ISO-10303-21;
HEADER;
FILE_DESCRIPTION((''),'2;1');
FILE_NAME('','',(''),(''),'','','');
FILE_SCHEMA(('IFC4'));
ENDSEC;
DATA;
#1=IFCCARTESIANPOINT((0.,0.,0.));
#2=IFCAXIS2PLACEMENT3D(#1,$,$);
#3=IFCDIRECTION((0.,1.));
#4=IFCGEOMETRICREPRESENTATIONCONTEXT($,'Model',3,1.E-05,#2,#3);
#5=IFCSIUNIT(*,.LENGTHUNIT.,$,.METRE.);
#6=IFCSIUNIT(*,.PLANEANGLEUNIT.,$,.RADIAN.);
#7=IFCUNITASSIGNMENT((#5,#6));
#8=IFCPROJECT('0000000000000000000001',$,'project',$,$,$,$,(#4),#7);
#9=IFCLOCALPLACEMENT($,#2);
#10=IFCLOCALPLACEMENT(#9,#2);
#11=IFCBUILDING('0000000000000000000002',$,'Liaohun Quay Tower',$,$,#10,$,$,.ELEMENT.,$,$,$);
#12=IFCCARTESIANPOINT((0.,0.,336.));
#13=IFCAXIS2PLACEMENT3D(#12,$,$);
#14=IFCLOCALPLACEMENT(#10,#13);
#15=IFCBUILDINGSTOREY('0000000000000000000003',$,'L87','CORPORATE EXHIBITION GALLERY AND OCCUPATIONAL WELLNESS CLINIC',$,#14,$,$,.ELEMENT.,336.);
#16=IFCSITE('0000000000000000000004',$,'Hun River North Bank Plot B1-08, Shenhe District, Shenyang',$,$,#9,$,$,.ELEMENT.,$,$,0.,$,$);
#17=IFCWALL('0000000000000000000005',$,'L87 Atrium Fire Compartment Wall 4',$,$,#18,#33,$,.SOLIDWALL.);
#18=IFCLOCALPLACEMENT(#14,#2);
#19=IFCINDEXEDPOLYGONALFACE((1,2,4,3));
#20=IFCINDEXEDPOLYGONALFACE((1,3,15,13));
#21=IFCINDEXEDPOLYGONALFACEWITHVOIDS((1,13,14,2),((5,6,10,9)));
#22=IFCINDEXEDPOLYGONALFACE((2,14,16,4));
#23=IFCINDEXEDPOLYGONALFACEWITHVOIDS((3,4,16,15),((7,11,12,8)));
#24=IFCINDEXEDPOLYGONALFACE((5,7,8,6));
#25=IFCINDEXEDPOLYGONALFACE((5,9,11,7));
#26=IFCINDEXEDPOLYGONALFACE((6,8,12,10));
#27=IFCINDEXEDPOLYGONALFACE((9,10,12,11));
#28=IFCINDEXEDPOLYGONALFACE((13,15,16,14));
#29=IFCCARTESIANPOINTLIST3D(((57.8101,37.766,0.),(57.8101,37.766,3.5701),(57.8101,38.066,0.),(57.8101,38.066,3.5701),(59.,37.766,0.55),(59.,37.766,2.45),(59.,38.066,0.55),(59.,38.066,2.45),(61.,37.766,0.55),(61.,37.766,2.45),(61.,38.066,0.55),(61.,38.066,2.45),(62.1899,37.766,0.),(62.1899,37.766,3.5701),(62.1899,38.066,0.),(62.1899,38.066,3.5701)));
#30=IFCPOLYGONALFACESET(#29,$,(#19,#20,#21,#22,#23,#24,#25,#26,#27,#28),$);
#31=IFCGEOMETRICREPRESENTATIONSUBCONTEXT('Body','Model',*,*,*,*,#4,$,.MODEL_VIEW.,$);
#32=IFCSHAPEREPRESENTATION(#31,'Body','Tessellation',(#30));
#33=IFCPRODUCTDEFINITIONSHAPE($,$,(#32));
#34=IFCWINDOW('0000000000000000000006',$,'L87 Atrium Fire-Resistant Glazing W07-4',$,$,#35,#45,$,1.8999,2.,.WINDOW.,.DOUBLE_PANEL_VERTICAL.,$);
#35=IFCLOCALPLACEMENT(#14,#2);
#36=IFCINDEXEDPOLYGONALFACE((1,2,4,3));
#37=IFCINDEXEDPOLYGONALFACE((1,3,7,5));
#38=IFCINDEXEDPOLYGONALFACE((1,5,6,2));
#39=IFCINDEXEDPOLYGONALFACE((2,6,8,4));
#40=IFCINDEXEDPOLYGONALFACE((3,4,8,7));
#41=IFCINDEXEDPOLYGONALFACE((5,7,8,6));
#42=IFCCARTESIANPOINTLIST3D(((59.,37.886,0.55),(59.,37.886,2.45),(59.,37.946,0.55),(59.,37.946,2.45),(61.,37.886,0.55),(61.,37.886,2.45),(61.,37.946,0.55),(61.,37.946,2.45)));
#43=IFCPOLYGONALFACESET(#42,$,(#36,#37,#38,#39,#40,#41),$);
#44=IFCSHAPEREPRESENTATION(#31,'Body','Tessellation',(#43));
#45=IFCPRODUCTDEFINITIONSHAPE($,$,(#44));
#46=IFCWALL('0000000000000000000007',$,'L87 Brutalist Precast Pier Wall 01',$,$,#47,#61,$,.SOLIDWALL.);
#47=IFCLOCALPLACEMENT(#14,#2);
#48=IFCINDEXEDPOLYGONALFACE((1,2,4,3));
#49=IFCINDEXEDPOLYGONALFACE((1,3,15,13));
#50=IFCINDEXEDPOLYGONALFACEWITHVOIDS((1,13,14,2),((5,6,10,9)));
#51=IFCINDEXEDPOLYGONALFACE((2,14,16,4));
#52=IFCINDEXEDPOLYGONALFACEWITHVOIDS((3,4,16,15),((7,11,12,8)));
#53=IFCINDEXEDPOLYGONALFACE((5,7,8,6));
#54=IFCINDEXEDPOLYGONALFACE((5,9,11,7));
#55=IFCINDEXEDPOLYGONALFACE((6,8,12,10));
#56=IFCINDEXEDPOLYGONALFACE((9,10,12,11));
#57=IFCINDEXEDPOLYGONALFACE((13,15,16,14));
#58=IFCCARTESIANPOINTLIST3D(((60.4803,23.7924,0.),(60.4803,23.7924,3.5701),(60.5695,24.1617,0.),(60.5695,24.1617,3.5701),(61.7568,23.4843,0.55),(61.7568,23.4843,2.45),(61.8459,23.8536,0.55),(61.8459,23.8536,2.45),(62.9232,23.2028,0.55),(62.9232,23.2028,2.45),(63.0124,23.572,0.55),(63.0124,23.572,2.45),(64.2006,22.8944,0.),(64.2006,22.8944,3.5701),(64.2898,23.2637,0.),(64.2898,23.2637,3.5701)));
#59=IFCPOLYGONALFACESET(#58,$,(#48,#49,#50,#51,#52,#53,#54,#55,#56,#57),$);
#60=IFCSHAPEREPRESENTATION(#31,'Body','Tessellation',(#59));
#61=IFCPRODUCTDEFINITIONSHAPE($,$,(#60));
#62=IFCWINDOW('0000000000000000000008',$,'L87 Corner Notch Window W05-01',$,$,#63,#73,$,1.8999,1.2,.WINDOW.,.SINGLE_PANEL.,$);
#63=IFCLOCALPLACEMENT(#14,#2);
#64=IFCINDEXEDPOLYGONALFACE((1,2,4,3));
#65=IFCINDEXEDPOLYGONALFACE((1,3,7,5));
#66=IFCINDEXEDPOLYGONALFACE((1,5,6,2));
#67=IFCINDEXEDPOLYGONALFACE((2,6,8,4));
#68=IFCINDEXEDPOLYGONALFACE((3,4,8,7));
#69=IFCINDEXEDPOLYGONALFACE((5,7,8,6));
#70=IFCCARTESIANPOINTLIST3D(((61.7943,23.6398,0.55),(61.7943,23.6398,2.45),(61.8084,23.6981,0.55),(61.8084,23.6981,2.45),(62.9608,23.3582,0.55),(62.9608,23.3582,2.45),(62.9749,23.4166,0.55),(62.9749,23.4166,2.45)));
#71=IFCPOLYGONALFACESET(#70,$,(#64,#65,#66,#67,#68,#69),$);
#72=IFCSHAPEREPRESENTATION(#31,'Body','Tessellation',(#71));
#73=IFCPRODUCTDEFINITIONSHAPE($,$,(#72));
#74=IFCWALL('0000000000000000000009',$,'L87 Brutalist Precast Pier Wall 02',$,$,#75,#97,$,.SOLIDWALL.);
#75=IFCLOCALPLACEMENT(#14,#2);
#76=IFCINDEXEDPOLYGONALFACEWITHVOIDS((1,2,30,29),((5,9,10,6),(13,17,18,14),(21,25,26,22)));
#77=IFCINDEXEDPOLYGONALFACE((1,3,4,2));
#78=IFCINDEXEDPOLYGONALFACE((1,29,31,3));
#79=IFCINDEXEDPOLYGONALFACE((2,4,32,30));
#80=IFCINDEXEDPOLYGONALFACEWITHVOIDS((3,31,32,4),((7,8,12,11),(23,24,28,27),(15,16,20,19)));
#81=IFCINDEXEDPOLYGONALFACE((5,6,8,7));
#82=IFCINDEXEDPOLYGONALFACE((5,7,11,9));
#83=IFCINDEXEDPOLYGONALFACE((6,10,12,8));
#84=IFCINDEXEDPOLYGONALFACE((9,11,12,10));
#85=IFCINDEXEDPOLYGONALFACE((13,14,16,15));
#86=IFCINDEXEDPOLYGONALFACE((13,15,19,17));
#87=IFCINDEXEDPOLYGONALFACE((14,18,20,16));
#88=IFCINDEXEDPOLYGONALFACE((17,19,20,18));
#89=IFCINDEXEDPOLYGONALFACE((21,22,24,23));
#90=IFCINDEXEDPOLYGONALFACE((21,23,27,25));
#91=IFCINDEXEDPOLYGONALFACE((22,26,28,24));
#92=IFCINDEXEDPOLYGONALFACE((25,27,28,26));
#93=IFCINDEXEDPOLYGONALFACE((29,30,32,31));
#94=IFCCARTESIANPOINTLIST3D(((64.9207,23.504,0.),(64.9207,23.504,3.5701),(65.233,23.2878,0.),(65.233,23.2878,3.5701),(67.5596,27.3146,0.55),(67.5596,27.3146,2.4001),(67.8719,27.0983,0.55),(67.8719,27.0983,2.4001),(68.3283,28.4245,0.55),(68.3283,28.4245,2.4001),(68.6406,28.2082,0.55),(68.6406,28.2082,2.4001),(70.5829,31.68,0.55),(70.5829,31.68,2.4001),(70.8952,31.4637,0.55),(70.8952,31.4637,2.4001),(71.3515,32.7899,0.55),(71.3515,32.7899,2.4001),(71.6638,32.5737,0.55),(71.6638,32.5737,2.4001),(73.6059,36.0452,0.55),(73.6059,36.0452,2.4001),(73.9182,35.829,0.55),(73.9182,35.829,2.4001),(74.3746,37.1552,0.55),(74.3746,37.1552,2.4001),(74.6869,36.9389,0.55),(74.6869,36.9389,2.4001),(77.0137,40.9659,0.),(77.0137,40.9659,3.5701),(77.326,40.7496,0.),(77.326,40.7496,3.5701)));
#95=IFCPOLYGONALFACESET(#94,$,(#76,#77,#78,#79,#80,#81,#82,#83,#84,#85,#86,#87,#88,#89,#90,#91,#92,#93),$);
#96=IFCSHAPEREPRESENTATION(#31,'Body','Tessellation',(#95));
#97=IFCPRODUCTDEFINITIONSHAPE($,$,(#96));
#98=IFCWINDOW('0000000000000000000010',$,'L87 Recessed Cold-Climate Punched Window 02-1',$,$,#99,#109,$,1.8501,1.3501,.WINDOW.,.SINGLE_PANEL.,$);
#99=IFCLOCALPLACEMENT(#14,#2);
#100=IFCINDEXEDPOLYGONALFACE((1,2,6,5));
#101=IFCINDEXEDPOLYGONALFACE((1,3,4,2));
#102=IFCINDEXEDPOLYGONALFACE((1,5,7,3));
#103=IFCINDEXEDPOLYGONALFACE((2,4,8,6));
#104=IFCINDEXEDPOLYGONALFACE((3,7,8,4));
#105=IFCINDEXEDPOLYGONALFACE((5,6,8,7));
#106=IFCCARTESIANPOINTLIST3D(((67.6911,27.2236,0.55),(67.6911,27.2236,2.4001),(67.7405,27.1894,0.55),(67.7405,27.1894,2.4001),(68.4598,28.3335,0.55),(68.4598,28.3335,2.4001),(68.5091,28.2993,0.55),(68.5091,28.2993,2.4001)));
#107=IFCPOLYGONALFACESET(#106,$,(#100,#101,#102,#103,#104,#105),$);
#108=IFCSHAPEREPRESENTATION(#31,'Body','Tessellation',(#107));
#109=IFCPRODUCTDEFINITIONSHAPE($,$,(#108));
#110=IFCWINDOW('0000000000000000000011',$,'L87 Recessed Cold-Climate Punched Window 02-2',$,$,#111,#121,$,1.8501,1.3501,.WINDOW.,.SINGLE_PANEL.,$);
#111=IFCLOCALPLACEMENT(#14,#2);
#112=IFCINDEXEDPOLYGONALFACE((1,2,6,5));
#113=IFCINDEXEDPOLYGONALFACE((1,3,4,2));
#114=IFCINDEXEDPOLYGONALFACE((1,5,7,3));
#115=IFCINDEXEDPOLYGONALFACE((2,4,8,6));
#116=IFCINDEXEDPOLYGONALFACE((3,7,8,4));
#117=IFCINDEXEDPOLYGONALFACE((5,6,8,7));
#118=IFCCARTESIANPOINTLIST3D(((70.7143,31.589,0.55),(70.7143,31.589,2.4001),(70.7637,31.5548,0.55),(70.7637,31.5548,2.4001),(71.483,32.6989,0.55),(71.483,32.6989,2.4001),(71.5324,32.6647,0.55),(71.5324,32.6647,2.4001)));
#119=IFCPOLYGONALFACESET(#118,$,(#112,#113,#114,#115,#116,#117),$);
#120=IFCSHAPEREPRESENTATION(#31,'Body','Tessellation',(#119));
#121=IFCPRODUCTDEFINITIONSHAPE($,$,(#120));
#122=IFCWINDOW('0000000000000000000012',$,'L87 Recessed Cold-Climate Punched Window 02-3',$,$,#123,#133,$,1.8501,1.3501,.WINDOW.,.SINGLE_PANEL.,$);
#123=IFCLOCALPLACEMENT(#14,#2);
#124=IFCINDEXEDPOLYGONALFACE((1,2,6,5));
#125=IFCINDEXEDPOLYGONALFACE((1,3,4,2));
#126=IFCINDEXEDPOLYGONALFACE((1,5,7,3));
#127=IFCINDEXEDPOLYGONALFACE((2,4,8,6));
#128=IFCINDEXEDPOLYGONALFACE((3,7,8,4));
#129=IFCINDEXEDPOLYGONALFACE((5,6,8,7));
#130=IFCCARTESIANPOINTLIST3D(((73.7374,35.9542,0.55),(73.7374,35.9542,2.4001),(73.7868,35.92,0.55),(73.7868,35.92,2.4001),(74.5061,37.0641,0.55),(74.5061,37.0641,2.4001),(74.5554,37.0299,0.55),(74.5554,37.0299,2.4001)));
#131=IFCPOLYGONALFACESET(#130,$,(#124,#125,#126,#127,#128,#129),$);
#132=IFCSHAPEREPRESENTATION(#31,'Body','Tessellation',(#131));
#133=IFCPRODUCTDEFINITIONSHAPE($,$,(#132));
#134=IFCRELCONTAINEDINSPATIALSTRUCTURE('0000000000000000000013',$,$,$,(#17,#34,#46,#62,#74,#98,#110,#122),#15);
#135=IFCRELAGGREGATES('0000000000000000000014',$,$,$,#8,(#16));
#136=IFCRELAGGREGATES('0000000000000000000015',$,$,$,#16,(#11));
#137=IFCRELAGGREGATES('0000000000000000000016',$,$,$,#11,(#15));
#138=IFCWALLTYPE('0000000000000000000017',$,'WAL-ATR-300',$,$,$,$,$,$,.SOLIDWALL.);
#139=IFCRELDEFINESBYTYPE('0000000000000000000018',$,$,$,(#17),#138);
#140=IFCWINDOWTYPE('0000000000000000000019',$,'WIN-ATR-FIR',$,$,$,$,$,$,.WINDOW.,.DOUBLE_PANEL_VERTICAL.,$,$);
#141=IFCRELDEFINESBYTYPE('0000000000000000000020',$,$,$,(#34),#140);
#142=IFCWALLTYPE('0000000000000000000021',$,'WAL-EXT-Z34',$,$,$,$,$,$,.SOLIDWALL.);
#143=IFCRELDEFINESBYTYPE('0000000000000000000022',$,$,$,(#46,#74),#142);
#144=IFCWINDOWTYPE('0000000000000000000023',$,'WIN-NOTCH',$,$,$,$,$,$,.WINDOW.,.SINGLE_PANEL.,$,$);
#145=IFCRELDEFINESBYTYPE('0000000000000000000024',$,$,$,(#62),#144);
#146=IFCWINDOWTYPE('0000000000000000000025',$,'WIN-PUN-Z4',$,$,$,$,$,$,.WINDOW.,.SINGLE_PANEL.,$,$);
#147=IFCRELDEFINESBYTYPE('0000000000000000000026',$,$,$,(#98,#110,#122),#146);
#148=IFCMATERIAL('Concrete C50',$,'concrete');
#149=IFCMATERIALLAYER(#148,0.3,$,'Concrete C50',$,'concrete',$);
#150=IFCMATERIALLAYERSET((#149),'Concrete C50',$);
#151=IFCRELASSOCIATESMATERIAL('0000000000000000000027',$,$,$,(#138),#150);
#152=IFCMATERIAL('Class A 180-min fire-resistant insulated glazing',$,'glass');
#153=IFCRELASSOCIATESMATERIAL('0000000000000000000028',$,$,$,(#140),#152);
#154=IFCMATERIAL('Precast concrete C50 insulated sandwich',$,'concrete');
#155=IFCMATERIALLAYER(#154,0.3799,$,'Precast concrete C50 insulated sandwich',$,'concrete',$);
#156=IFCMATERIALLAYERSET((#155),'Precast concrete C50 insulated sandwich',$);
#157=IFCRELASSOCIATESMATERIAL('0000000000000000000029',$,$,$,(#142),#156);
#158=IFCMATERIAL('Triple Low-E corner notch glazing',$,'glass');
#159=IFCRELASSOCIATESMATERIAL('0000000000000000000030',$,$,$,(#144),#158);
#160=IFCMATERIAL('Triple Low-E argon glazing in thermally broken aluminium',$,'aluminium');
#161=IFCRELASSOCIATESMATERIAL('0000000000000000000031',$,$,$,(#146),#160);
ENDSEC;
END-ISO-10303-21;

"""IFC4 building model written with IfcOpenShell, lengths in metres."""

from ifc_helpers import new_model, si_unit, direction, frame, frame_2d, origin, place, context, subcontext, project, spatial, rectangle, extrude, source, transform, mapped, material, layer, layer_set, type_object, element, fill, save


model = new_model("IFC4")

# Units and contexts
model_context = context("Model", 3, precision=1e-05, world=origin(), true_north=direction((0.0, 1.0)))
body_context = subcontext(model_context, "Body", "Model", "MODEL_VIEW")
ifc_project = project(units=[si_unit("LENGTHUNIT", "METRE"), si_unit("PLANEANGLEUNIT", "RADIAN")], contexts=[model_context])

# Site, building, storey
site_placement = place(None, origin())
site = spatial("IfcSite", under=ifc_project, at=site_placement, Name="Hun River North Bank Plot B1-08, Shenhe District, Shenyang", CompositionType="ELEMENT", RefElevation=0.0)
building_placement = place(site_placement, origin())
building = spatial("IfcBuilding", under=site, at=building_placement, Name="Liaohun Quay Tower", CompositionType="ELEMENT")
storey_placement = place(building_placement, frame((0.0, 0.0, 336.0)))
storey = spatial("IfcBuildingStorey", under=building, at=storey_placement, Name="L87", Description="CORPORATE EXHIBITION GALLERY AND OCCUPATIONAL WELLNESS CLINIC", CompositionType="ELEMENT", Elevation=336.0)

# Shared definitions
ifc_material_1 = material(Name="Concrete C50", Category="concrete")

# Walls, openings, windows
ifc_layer_1 = layer(ifc_material_1, 0.3, Name="Concrete C50", Category="concrete")
ifc_layer_set_1 = layer_set([ifc_layer_1], Name="Concrete C50")
wall_type_1 = type_object("IfcWallType", Name="WAL-ATR-300", PredefinedType="SOLIDWALL", material=ifc_layer_set_1)
shared_shape_1 = source(origin(), body_context, "Body", "SweptSolid", [
    extrude(rectangle(XDim=2.0, YDim=1.8999, at=frame_2d((1.0, 0.95))), frame((0.0, 0.1599, 0.0), z_axis=(0.0, -1.0, 0.0), x_axis=(1.0, 0.0, 0.0)), (0.0, 0.0, 1.0), 0.3201),
])
ifc_material_2 = material(Name="Class A 180-min fire-resistant insulated glazing", Category="glass")
window_type_1 = type_object("IfcWindowType", Name="WIN-ATR-FIR", PartitioningType="DOUBLE_PANEL_VERTICAL", PredefinedType="WINDOW", material=ifc_material_2)
shared_shape_2 = source(origin(), body_context, "Body", "SweptSolid", [
    extrude(rectangle(XDim=2.0, YDim=1.8999, at=frame_2d((1.0, 0.95))), frame((0.0, 0.03, 0.0), z_axis=(0.0, -1.0, 0.0), x_axis=(1.0, 0.0, 0.0)), (0.0, 0.0, 1.0), 0.0601),
])
wall_1_placement = place(storey_placement, frame((62.1899, 37.916, 0.0), z_axis=(0.0, 0.0, 1.0), x_axis=(-1.0, 0.0, 0.0)))
wall_1 = element("IfcWall", 1, at=wall_1_placement, inside=storey, type_object=wall_type_1, Name="L87 Atrium Fire Compartment Wall 4", PredefinedType="SOLIDWALL", context=body_context, shape_type="SweptSolid", body=[
    extrude(rectangle(XDim=4.3799, YDim=0.3, at=frame_2d((2.1899, 0.0))), origin(), (0.0, 0.0, 1.0), 3.5701),
])
opening_1_placement = place(wall_1_placement, frame((1.1899, 0.0, 0.55)))
opening_1 = element("IfcOpeningElement", 2, at=opening_1_placement, cuts=wall_1, PredefinedType="OPENING", context=body_context, shape_type="MappedRepresentation", body=[
    mapped(shared_shape_1, transform((0.0, 0.0, 0.0), x_axis=(1.0, 0.0, 0.0), y_axis=(0.0, 1.0, 0.0), z_axis=(0.0, 0.0, 1.0), scale=1.0)),
])
window_1_placement = place(opening_1_placement, origin())
window_1 = element("IfcWindow", 3, at=window_1_placement, inside=storey, type_object=window_type_1, Name="L87 Atrium Fire-Resistant Glazing W07-4", OverallHeight=1.8999, OverallWidth=2.0, PartitioningType="DOUBLE_PANEL_VERTICAL", PredefinedType="WINDOW", context=body_context, shape_type="MappedRepresentation", body=[
    mapped(shared_shape_2, transform((0.0, 0.0, 0.0), x_axis=(1.0, 0.0, 0.0), y_axis=(0.0, 1.0, 0.0), z_axis=(0.0, 0.0, 1.0), scale=1.0)),
])
fill(opening_1, window_1)
ifc_material_3 = material(Name="Precast concrete C50 insulated sandwich", Category="concrete")
ifc_layer_2 = layer(ifc_material_3, 0.3799, Name="Precast concrete C50 insulated sandwich", Category="concrete")
ifc_layer_set_2 = layer_set([ifc_layer_2], Name="Precast concrete C50 insulated sandwich")
wall_type_2 = type_object("IfcWallType", Name="WAL-EXT-Z34", PredefinedType="SOLIDWALL", material=ifc_layer_set_2)
wall_2_placement = place(storey_placement, frame((60.5249, 23.9771, 0.0), z_axis=(0.0, 0.0, 1.0), x_axis=(0.972084, -0.234632, 0.0)))
wall_2 = element("IfcWall", 4, at=wall_2_placement, inside=storey, type_object=wall_type_2, Name="L87 Brutalist Precast Pier Wall 01", PredefinedType="SOLIDWALL", context=body_context, shape_type="SweptSolid", body=[
    extrude(rectangle(XDim=3.8271, YDim=0.3799, at=frame_2d((1.9136, 0.0))), origin(), (0.0, 0.0, 1.0), 3.5701),
])
shared_shape_3 = source(origin(), body_context, "Body", "SweptSolid", [
    extrude(rectangle(XDim=1.2, YDim=1.8999, at=frame_2d((0.6001, 0.95))), frame((0.0, 0.2, 0.0), z_axis=(0.0, -1.0, 0.0), x_axis=(1.0, 0.0, 0.0)), (0.0, 0.0, 1.0), 0.3999),
])
opening_2_placement = place(wall_2_placement, frame((1.313, 0.0, 0.55)))
opening_2 = element("IfcOpeningElement", 5, at=opening_2_placement, cuts=wall_2, PredefinedType="OPENING", context=body_context, shape_type="MappedRepresentation", body=[
    mapped(shared_shape_3, transform((0.0, 0.0, 0.0), x_axis=(1.0, 0.0, 0.0), y_axis=(0.0, 1.0, 0.0), z_axis=(0.0, 0.0, 1.0), scale=1.0)),
])
ifc_material_4 = material(Name="Triple Low-E corner notch glazing", Category="glass")
window_type_2 = type_object("IfcWindowType", Name="WIN-NOTCH", PartitioningType="SINGLE_PANEL", PredefinedType="WINDOW", material=ifc_material_4)
shared_shape_4 = source(origin(), body_context, "Body", "SweptSolid", [
    extrude(rectangle(XDim=1.2, YDim=1.8999, at=frame_2d((0.6001, 0.95))), frame((0.0, 0.03, 0.0), z_axis=(0.0, -1.0, 0.0), x_axis=(1.0, 0.0, 0.0)), (0.0, 0.0, 1.0), 0.0601),
])
window_2_placement = place(opening_2_placement, origin())
window_2 = element("IfcWindow", 6, at=window_2_placement, inside=storey, type_object=window_type_2, Name="L87 Corner Notch Window W05-01", OverallHeight=1.8999, OverallWidth=1.2, PartitioningType="SINGLE_PANEL", PredefinedType="WINDOW", context=body_context, shape_type="MappedRepresentation", body=[
    mapped(shared_shape_4, transform((0.0, 0.0, 0.0), x_axis=(1.0, 0.0, 0.0), y_axis=(0.0, 1.0, 0.0), z_axis=(0.0, 0.0, 1.0), scale=1.0)),
])
fill(opening_2, window_2)

# Wall, openings, windows
wall_3_placement = place(storey_placement, frame((65.0769, 23.396, 0.0), z_axis=(0.0, 0.0, 1.0), x_axis=(0.569337, 0.822104, 0.0)))
wall_3 = element("IfcWall", 7, at=wall_3_placement, inside=storey, type_object=wall_type_2, Name="L87 Brutalist Precast Pier Wall 02", PredefinedType="SOLIDWALL", context=body_context, shape_type="SweptSolid", body=[
    extrude(rectangle(XDim=21.2405, YDim=0.3799, at=frame_2d((10.6201, 0.0))), origin(), (0.0, 0.0, 1.0), 3.5701),
])
shared_shape_5 = source(origin(), body_context, "Body", "SweptSolid", [
    extrude(rectangle(XDim=1.3501, YDim=1.8501, at=frame_2d((0.675, 0.925))), frame((0.0, 0.2, 0.0), z_axis=(0.0, -1.0, 0.0), x_axis=(1.0, 0.0, 0.0)), (0.0, 0.0, 1.0), 0.3999),
])
opening_3_placement = place(wall_3_placement, frame((4.635, 0.0, 0.55)))
opening_3 = element("IfcOpeningElement", 8, at=opening_3_placement, cuts=wall_3, PredefinedType="OPENING", context=body_context, shape_type="MappedRepresentation", body=[
    mapped(shared_shape_5, transform((0.0, 0.0, 0.0), x_axis=(1.0, 0.0, 0.0), y_axis=(0.0, 1.0, 0.0), z_axis=(0.0, 0.0, 1.0), scale=1.0)),
])
opening_4_placement = place(wall_3_placement, frame((9.9451, 0.0, 0.55)))
opening_4 = element("IfcOpeningElement", 9, at=opening_4_placement, cuts=wall_3, PredefinedType="OPENING", context=body_context, shape_type="MappedRepresentation", body=[
    mapped(shared_shape_5, transform((0.0, 0.0, 0.0), x_axis=(1.0, 0.0, 0.0), y_axis=(0.0, 1.0, 0.0), z_axis=(0.0, 0.0, 1.0), scale=1.0)),
])
opening_5_placement = place(wall_3_placement, frame((15.2549, 0.0, 0.55)))
opening_5 = element("IfcOpeningElement", 10, at=opening_5_placement, cuts=wall_3, PredefinedType="OPENING", context=body_context, shape_type="MappedRepresentation", body=[
    mapped(shared_shape_5, transform((0.0, 0.0, 0.0), x_axis=(1.0, 0.0, 0.0), y_axis=(0.0, 1.0, 0.0), z_axis=(0.0, 0.0, 1.0), scale=1.0)),
])
ifc_material_5 = material(Name="Triple Low-E argon glazing in thermally broken aluminium", Category="aluminium")
window_type_3 = type_object("IfcWindowType", Name="WIN-PUN-Z4", PartitioningType="SINGLE_PANEL", PredefinedType="WINDOW", material=ifc_material_5)
shared_shape_6 = source(origin(), body_context, "Body", "SweptSolid", [
    extrude(rectangle(XDim=1.3501, YDim=1.8501, at=frame_2d((0.675, 0.925))), frame((0.0, 0.03, 0.0), z_axis=(0.0, -1.0, 0.0), x_axis=(1.0, 0.0, 0.0)), (0.0, 0.0, 1.0), 0.0601),
])
window_3_placement = place(opening_3_placement, origin())
window_3 = element("IfcWindow", 11, at=window_3_placement, inside=storey, type_object=window_type_3, Name="L87 Recessed Cold-Climate Punched Window 02-1", OverallHeight=1.8501, OverallWidth=1.3501, PartitioningType="SINGLE_PANEL", PredefinedType="WINDOW", context=body_context, shape_type="MappedRepresentation", body=[
    mapped(shared_shape_6, transform((0.0, 0.0, 0.0), x_axis=(1.0, 0.0, 0.0), y_axis=(0.0, 1.0, 0.0), z_axis=(0.0, 0.0, 1.0), scale=1.0)),
])
fill(opening_3, window_3)
window_4_placement = place(opening_4_placement, origin())
window_4 = element("IfcWindow", 12, at=window_4_placement, inside=storey, type_object=window_type_3, Name="L87 Recessed Cold-Climate Punched Window 02-2", OverallHeight=1.8501, OverallWidth=1.3501, PartitioningType="SINGLE_PANEL", PredefinedType="WINDOW", context=body_context, shape_type="MappedRepresentation", body=[
    mapped(shared_shape_6, transform((0.0, 0.0, 0.0), x_axis=(1.0, 0.0, 0.0), y_axis=(0.0, 1.0, 0.0), z_axis=(0.0, 0.0, 1.0), scale=1.0)),
])
fill(opening_4, window_4)
window_5_placement = place(opening_5_placement, origin())
window_5 = element("IfcWindow", 13, at=window_5_placement, inside=storey, type_object=window_type_3, Name="L87 Recessed Cold-Climate Punched Window 02-3", OverallHeight=1.8501, OverallWidth=1.3501, PartitioningType="SINGLE_PANEL", PredefinedType="WINDOW", context=body_context, shape_type="MappedRepresentation", body=[
    mapped(shared_shape_6, transform((0.0, 0.0, 0.0), x_axis=(1.0, 0.0, 0.0), y_axis=(0.0, 1.0, 0.0), z_axis=(0.0, 0.0, 1.0), scale=1.0)),
])
fill(opening_5, window_5)

save(model, "model.ifc")
